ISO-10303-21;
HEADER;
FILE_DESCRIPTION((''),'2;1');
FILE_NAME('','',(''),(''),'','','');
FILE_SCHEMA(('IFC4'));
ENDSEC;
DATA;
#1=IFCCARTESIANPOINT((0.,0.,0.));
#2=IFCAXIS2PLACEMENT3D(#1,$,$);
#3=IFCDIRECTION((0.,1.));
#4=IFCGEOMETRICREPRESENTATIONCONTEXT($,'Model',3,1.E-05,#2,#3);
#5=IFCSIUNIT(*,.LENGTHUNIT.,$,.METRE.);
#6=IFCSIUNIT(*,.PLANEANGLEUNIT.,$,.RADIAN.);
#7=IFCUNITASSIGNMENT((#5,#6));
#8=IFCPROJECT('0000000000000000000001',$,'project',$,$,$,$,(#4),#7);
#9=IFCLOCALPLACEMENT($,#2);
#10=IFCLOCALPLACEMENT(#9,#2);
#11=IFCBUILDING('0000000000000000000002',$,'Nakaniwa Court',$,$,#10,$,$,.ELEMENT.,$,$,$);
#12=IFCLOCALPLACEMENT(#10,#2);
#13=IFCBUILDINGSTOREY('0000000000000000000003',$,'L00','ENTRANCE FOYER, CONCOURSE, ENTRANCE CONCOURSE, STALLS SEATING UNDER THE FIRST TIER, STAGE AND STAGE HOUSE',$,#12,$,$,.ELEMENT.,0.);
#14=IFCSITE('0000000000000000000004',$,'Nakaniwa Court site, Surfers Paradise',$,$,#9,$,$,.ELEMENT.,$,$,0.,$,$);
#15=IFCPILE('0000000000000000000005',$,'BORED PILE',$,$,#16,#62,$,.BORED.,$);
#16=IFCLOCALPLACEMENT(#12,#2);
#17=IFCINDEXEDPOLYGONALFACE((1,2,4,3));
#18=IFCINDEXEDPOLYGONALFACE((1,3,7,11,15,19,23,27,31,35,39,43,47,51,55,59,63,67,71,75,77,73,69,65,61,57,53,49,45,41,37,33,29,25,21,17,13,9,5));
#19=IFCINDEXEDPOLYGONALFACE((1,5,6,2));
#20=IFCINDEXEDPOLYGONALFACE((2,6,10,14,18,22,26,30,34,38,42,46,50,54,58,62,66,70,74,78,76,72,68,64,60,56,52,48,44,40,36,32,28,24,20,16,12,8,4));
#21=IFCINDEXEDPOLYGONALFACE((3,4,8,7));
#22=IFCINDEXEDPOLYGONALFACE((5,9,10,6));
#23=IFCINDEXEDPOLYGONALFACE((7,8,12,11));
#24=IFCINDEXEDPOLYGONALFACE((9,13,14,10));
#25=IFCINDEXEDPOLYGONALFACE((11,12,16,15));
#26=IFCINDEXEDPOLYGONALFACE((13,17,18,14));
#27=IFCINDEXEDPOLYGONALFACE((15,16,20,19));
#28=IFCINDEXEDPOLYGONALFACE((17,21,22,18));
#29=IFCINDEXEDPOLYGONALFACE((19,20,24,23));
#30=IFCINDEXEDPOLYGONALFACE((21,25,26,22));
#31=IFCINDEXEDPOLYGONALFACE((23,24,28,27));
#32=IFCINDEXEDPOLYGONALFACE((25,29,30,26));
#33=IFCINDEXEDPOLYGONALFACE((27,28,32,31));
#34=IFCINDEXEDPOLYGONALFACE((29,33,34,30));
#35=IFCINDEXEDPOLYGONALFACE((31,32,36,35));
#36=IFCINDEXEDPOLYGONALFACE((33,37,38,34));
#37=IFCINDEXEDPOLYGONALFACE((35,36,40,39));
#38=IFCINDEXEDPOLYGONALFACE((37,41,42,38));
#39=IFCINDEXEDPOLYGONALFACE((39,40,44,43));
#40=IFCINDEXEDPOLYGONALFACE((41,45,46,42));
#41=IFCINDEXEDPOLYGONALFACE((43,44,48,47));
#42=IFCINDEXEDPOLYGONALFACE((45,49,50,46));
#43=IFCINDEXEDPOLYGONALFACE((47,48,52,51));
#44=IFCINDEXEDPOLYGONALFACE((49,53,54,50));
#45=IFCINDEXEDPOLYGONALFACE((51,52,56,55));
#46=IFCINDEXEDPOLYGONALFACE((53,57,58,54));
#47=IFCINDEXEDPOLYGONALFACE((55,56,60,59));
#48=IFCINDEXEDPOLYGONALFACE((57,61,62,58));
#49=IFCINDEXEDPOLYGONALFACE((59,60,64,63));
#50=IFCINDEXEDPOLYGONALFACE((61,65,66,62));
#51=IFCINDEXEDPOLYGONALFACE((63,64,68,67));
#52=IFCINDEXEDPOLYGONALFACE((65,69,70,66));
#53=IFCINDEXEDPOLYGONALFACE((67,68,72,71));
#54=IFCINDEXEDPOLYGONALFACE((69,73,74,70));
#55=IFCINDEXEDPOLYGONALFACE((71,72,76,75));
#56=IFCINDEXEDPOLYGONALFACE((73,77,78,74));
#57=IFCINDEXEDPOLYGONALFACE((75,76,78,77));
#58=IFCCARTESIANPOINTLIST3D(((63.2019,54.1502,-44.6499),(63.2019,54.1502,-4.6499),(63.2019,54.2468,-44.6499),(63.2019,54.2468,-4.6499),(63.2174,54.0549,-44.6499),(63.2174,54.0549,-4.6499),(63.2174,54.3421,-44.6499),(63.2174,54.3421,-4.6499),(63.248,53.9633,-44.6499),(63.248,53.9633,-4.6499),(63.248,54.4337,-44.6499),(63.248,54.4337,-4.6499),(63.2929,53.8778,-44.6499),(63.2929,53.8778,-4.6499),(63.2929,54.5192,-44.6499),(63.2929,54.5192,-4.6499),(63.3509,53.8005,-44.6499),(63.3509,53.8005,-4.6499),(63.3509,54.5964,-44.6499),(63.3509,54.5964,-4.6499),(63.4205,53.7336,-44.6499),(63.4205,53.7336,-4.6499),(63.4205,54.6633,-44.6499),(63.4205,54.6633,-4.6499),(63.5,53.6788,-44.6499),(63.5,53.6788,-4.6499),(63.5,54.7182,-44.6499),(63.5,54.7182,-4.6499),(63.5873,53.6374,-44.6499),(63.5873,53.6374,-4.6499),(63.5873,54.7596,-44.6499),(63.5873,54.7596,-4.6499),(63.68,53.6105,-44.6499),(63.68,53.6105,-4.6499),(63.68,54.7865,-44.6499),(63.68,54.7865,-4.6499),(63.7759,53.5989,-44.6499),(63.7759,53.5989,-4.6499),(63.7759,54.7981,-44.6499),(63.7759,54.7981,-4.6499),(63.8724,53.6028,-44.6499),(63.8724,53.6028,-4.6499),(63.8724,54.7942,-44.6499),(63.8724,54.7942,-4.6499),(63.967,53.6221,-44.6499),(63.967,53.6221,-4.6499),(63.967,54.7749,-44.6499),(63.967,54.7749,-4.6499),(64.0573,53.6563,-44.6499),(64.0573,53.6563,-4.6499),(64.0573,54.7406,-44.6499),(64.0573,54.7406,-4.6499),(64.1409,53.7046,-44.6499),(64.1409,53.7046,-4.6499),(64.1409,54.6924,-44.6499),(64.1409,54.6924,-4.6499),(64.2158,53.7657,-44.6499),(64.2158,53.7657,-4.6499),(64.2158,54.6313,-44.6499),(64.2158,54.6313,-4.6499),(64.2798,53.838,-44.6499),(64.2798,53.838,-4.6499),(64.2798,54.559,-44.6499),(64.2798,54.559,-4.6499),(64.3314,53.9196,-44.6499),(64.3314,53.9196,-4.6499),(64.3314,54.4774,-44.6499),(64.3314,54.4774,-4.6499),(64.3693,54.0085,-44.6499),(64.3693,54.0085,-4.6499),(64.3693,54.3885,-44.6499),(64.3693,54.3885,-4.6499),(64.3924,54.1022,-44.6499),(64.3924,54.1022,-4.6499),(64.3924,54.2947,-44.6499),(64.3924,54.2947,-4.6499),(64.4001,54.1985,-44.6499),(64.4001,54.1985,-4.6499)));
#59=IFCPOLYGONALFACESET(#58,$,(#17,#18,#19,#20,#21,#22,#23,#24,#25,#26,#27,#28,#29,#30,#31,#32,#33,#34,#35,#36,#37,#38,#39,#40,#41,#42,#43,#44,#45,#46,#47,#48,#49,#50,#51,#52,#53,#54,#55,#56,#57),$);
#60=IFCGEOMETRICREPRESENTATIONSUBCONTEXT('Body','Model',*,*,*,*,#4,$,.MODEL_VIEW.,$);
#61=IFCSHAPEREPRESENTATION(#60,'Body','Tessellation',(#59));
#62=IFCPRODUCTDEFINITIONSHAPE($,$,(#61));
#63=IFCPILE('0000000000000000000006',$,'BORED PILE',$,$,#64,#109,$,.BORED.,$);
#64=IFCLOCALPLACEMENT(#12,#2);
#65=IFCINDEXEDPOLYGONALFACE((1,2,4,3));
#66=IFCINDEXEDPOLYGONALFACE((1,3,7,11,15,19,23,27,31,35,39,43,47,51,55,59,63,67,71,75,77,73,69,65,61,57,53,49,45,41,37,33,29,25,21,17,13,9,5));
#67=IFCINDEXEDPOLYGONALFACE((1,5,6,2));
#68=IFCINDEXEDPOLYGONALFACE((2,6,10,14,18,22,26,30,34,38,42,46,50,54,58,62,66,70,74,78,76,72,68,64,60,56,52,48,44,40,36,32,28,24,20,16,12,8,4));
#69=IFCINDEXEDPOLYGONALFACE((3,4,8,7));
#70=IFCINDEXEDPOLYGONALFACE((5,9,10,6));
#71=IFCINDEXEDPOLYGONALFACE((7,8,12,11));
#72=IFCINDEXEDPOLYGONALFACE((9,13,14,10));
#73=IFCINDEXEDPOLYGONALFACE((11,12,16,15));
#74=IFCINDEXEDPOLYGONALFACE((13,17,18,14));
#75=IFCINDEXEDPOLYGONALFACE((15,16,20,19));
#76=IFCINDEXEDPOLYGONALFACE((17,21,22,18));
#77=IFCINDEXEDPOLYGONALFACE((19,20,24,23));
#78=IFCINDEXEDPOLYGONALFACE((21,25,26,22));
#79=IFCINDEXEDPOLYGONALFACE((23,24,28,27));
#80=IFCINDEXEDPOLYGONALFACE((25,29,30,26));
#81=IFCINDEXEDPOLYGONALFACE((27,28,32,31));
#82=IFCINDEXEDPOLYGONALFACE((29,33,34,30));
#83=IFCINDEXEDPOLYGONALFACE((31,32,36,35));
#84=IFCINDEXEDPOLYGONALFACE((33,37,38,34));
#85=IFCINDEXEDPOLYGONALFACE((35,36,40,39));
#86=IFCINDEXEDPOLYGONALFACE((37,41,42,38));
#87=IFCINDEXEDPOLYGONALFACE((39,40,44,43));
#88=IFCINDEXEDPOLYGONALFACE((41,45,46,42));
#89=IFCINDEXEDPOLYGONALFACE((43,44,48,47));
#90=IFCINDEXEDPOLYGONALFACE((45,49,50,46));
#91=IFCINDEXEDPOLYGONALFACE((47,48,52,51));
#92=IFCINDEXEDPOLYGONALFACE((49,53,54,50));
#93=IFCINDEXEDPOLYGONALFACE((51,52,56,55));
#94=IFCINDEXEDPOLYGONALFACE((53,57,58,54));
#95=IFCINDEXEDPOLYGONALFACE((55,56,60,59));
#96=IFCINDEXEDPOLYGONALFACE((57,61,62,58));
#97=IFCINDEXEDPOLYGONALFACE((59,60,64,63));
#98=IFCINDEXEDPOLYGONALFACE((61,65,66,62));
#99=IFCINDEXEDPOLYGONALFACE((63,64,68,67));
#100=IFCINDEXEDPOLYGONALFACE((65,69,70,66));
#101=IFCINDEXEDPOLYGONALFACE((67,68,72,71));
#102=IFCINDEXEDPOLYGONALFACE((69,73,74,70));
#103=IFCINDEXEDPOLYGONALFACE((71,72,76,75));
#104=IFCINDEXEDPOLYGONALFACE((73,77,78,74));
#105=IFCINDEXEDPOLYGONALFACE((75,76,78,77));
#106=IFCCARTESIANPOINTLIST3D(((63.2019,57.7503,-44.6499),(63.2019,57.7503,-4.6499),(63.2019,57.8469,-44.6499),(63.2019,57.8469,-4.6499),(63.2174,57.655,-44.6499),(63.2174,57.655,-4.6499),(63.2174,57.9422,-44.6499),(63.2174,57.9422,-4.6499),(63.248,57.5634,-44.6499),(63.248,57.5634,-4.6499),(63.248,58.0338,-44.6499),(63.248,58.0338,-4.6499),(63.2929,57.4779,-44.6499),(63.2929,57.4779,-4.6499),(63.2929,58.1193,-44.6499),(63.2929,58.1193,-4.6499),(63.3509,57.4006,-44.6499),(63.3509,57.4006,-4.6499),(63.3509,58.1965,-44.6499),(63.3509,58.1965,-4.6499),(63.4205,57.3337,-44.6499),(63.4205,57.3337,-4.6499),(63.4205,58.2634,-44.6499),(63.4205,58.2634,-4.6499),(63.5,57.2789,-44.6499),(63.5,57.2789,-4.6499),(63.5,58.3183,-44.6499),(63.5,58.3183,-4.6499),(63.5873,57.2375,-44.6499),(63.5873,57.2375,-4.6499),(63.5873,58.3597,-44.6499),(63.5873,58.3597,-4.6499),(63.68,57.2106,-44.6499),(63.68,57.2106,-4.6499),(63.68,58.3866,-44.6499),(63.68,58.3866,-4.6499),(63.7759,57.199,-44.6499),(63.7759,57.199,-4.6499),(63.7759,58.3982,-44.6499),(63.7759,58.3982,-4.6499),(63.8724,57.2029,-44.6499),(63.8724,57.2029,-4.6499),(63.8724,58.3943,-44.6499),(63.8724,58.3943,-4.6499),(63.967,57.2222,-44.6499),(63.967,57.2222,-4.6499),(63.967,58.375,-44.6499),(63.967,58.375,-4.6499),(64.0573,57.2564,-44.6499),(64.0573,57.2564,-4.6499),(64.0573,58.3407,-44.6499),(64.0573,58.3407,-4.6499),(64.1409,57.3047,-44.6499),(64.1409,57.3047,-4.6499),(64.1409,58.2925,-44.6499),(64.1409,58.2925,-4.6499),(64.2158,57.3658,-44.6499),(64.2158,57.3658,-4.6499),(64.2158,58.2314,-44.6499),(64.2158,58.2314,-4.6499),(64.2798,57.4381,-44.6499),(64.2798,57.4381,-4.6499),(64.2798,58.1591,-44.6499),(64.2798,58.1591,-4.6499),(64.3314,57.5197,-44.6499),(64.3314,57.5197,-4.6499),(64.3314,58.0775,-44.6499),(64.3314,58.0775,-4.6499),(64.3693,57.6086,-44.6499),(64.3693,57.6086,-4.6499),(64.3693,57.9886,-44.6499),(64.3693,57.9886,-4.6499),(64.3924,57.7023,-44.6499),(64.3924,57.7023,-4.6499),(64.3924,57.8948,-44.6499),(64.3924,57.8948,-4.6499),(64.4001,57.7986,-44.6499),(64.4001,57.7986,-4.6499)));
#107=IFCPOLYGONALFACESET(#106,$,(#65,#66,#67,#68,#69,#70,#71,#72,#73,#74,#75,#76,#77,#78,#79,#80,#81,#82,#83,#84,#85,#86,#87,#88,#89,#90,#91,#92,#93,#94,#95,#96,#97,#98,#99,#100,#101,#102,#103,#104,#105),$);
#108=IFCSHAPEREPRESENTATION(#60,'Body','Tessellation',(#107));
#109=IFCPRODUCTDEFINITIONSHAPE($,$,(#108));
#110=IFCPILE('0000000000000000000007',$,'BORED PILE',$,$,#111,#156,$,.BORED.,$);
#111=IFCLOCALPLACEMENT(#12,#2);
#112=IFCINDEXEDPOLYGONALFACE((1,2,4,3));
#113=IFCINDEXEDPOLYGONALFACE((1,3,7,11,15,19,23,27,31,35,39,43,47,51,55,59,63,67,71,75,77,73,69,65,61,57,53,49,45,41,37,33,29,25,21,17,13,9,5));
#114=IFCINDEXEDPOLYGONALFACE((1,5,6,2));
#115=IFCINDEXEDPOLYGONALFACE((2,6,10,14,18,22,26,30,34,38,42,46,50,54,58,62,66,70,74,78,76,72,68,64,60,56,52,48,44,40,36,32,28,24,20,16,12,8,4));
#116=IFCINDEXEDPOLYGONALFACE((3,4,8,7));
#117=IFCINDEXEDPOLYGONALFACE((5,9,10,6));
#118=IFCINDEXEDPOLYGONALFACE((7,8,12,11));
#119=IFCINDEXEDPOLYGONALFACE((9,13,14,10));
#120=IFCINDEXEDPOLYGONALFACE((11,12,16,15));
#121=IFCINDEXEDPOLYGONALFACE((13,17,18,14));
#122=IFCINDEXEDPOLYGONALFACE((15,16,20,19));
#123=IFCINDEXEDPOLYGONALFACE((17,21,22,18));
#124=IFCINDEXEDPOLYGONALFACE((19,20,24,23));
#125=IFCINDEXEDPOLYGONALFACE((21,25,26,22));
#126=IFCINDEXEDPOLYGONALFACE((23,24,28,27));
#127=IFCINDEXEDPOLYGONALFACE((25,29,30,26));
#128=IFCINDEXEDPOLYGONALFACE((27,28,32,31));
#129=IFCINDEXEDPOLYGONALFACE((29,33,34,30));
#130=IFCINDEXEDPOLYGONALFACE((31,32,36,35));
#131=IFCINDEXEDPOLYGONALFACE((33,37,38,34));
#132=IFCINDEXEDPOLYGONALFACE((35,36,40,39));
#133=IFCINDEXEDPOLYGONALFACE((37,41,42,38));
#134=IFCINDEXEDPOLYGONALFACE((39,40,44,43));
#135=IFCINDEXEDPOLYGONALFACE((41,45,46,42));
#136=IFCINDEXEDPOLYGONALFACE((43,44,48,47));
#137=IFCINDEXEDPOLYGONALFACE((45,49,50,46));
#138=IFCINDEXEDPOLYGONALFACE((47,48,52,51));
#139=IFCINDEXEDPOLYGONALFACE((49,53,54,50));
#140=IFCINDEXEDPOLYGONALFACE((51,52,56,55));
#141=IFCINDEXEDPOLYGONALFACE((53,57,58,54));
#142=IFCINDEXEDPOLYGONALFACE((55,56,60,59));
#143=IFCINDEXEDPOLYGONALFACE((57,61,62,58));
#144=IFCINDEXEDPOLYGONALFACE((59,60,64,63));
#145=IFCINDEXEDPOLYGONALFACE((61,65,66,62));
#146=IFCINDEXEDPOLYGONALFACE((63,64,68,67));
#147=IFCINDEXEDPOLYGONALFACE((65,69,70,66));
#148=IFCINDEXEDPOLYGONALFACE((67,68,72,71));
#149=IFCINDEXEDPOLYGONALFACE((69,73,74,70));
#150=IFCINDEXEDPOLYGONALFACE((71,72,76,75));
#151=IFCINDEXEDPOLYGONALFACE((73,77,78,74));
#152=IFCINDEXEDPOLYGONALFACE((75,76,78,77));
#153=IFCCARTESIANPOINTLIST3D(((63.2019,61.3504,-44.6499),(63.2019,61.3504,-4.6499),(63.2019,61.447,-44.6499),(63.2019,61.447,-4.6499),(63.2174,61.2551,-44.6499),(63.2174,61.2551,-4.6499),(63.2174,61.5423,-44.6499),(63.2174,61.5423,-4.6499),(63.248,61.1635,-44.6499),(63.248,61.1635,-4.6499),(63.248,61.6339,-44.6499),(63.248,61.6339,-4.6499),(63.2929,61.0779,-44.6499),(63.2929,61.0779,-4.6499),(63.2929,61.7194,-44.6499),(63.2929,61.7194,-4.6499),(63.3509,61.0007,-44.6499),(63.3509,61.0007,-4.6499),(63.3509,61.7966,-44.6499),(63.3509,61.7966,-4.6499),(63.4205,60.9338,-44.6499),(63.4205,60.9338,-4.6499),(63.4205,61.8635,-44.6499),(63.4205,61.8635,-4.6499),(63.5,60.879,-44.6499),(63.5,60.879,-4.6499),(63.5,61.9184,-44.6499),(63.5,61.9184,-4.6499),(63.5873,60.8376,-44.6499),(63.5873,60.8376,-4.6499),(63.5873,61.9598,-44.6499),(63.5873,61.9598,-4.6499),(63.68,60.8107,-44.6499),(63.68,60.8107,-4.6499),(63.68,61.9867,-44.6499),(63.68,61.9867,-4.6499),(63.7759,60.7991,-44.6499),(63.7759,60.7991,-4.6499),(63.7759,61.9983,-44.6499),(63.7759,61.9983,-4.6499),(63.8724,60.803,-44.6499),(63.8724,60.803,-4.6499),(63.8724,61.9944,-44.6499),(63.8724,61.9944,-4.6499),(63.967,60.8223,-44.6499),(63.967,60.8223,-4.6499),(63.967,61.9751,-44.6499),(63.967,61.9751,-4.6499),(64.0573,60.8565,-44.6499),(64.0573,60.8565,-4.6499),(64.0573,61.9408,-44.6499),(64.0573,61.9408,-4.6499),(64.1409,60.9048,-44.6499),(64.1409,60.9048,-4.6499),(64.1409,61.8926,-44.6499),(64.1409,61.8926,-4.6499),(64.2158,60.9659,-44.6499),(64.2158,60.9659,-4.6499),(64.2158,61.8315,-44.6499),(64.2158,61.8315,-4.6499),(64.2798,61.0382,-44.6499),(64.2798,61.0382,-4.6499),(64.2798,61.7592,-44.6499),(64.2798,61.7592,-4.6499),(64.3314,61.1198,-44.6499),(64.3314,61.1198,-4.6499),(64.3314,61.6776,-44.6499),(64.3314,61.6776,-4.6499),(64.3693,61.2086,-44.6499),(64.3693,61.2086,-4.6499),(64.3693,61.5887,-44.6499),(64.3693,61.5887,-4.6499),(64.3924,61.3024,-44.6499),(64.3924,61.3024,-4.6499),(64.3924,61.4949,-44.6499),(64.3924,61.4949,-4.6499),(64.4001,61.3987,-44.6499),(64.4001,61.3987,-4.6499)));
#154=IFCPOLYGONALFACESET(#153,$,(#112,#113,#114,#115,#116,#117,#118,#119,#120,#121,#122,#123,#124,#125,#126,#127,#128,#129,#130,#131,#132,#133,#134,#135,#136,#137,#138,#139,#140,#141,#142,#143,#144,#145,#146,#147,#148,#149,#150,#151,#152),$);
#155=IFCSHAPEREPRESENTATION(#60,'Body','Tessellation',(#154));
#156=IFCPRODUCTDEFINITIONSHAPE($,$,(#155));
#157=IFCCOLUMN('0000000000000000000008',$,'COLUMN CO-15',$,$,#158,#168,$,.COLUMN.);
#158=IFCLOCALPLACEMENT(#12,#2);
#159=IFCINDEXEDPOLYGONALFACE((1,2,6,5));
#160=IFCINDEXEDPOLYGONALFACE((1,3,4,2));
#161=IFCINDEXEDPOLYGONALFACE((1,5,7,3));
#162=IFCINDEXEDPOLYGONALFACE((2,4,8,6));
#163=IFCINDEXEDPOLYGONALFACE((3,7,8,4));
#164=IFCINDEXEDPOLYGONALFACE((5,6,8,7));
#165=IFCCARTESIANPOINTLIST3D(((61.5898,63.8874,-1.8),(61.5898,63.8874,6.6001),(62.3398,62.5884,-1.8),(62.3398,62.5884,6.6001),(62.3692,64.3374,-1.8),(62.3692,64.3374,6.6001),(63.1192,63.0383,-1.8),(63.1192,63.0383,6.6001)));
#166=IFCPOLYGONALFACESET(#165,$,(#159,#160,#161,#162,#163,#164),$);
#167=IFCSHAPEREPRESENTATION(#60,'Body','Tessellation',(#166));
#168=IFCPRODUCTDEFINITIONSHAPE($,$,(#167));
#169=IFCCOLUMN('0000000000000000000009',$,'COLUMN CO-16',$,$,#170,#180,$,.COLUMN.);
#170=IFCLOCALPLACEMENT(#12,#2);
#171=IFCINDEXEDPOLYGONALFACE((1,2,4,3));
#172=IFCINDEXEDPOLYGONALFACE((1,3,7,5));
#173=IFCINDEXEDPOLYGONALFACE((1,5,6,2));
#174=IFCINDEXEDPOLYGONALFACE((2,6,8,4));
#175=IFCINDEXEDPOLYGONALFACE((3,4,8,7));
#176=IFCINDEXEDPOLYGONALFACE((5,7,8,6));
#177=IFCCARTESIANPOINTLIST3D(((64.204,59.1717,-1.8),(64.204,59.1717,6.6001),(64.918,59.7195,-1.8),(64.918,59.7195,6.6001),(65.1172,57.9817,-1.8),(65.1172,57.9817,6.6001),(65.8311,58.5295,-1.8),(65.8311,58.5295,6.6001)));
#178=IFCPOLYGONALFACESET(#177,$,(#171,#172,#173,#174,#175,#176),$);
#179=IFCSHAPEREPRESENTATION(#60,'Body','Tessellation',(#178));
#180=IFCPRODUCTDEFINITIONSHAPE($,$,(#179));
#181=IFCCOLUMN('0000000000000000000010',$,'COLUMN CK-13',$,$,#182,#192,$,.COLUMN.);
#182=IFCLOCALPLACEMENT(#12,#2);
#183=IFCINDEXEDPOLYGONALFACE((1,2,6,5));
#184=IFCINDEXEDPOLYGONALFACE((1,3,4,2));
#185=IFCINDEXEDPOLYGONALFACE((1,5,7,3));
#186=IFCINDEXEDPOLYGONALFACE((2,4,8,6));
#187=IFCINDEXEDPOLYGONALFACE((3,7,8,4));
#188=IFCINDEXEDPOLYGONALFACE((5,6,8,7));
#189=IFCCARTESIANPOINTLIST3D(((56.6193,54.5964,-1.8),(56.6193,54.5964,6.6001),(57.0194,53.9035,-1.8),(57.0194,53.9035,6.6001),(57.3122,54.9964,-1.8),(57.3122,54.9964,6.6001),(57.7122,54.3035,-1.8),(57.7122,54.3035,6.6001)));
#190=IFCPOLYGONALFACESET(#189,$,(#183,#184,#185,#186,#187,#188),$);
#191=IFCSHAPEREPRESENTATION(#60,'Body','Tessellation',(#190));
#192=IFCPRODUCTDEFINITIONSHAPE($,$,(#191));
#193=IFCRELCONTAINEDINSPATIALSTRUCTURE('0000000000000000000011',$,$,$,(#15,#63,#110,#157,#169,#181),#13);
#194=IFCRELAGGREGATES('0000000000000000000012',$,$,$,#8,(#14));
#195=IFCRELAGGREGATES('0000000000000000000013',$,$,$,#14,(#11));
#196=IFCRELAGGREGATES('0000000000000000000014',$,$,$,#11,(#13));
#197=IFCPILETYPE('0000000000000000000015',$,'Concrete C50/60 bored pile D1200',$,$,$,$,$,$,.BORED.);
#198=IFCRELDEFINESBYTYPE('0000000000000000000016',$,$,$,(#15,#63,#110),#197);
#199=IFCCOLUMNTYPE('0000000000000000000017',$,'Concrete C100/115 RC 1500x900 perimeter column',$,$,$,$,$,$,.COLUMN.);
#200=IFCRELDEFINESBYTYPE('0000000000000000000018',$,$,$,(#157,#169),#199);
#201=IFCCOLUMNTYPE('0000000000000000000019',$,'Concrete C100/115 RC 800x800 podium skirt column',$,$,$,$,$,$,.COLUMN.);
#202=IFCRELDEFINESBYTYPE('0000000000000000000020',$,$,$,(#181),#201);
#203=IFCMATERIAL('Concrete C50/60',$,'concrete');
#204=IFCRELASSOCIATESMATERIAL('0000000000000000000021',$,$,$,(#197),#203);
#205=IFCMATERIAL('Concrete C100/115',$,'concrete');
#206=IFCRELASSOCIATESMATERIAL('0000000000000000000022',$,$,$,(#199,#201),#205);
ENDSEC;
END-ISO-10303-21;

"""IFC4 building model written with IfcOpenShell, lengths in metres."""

from ifc_helpers import new_model, si_unit, direction, frame, origin, origin_2d, place, context, subcontext, project, spatial, rectangle, circle, extrude, material, material_profile, profile_set, type_object, element, save


model = new_model("IFC4")

# Units and contexts
model_context = context("Model", 3, precision=1e-05, world=origin(), true_north=direction((0.0, 1.0)))
body_context = subcontext(model_context, "Body", "Model", "MODEL_VIEW")
ifc_project = project(units=[si_unit("LENGTHUNIT", "METRE"), si_unit("PLANEANGLEUNIT", "RADIAN")], contexts=[model_context])

# Site, building, storey
site_placement = place(None, origin())
site = spatial("IfcSite", under=ifc_project, at=site_placement, Name="Nakaniwa Court site, Surfers Paradise", CompositionType="ELEMENT", RefElevation=0.0)
building_placement = place(site_placement, origin())
building = spatial("IfcBuilding", under=site, at=building_placement, Name="Nakaniwa Court", CompositionType="ELEMENT")
storey_placement = place(building_placement, origin())
storey = spatial("IfcBuildingStorey", under=building, at=storey_placement, Name="L00", Description="ENTRANCE FOYER, CONCOURSE, ENTRANCE CONCOURSE, STALLS SEATING UNDER THE FIRST TIER, STAGE AND STAGE HOUSE", CompositionType="ELEMENT", Elevation=0.0)

# Piles
ifc_material_1 = material(Name="Concrete C50/60", Category="concrete")
ifc_material_profile_1 = material_profile(ifc_material_1, circle(Radius=0.6001, at=origin_2d()), Name="Concrete C50/60 bored pile D1200")
ifc_profile_set_1 = profile_set([ifc_material_profile_1], Name="Concrete C50/60")
pile_type = type_object("IfcPileType", Name="Concrete C50/60 bored pile D1200", PredefinedType="BORED", material=ifc_profile_set_1)
for number, where, z_axis, x_axis, name in (
    (1, (63.8, 54.1985, -4.6499), (0.0, 0.0, -1.0), (1.0, 0.0, 0.0), "BORED PILE"),
    (2, (63.8, 57.7986, -4.6499), (0.0, 0.0, -1.0), (1.0, 0.0, 0.0), "BORED PILE"),
    (3, (63.8, 61.3987, -4.6499), (0.0, 0.0, -1.0), (1.0, 0.0, 0.0), "BORED PILE"),
):
    element("IfcPile", number, at=place(storey_placement, frame(where, z_axis=z_axis, x_axis=x_axis)), inside=storey, type_object=pile_type, Name=name, PredefinedType="BORED", context=body_context, shape_type="SweptSolid", body=[
        extrude(circle(Radius=0.6001, at=origin_2d()), origin(), (0.0, 0.0, 1.0), 40.0),
    ])

# Columns
ifc_material_2 = material(Name="Concrete C100/115", Category="concrete")
ifc_material_profile_2 = material_profile(ifc_material_2, rectangle(XDim=1.5, YDim=0.8999, at=origin_2d()), Name="Concrete C100/115 RC 1500x900 perimeter column")
ifc_profile_set_2 = profile_set([ifc_material_profile_2], Name="Concrete C100/115")
column_type_1 = type_object("IfcColumnType", Name="Concrete C100/115 RC 1500x900 perimeter column", PredefinedType="COLUMN", material=ifc_profile_set_2)
for number, where, z_axis, x_axis, name in (
    (4, (62.3545, 63.4629, -1.8), (0.0, 0.0, 1.0), (0.5, -0.866025, 0.0), "COLUMN CO-15"),
    (5, (65.0176, 58.8506, -1.8), (0.0, 0.0, 1.0), (0.608761, -0.793353, 0.0), "COLUMN CO-16"),
):
    element("IfcColumn", number, at=place(storey_placement, frame(where, z_axis=z_axis, x_axis=x_axis)), inside=storey, type_object=column_type_1, Name=name, PredefinedType="COLUMN", context=body_context, shape_type="SweptSolid", body=[
        extrude(rectangle(XDim=1.5, YDim=0.8999, at=origin_2d()), origin(), (0.0, 0.0, 1.0), 8.4001),
    ])
ifc_material_profile_3 = material_profile(ifc_material_2, rectangle(XDim=0.8, YDim=0.8, at=origin_2d()), Name="Concrete C100/115 RC 800x800 podium skirt column")
ifc_profile_set_3 = profile_set([ifc_material_profile_3], Name="Concrete C100/115")
column_type_2 = type_object("IfcColumnType", Name="Concrete C100/115 RC 800x800 podium skirt column", PredefinedType="COLUMN", material=ifc_profile_set_3)
column_placement = place(storey_placement, frame((57.1658, 54.45, -1.8), z_axis=(0.0, 0.0, 1.0), x_axis=(0.5, -0.866025, 0.0)))
element("IfcColumn", 6, at=column_placement, inside=storey, type_object=column_type_2, Name="COLUMN CK-13", PredefinedType="COLUMN", context=body_context, shape_type="SweptSolid", body=[
    extrude(rectangle(XDim=0.8, YDim=0.8, at=origin_2d()), origin(), (0.0, 0.0, 1.0), 8.4001),
])

save(model, "model.ifc")
